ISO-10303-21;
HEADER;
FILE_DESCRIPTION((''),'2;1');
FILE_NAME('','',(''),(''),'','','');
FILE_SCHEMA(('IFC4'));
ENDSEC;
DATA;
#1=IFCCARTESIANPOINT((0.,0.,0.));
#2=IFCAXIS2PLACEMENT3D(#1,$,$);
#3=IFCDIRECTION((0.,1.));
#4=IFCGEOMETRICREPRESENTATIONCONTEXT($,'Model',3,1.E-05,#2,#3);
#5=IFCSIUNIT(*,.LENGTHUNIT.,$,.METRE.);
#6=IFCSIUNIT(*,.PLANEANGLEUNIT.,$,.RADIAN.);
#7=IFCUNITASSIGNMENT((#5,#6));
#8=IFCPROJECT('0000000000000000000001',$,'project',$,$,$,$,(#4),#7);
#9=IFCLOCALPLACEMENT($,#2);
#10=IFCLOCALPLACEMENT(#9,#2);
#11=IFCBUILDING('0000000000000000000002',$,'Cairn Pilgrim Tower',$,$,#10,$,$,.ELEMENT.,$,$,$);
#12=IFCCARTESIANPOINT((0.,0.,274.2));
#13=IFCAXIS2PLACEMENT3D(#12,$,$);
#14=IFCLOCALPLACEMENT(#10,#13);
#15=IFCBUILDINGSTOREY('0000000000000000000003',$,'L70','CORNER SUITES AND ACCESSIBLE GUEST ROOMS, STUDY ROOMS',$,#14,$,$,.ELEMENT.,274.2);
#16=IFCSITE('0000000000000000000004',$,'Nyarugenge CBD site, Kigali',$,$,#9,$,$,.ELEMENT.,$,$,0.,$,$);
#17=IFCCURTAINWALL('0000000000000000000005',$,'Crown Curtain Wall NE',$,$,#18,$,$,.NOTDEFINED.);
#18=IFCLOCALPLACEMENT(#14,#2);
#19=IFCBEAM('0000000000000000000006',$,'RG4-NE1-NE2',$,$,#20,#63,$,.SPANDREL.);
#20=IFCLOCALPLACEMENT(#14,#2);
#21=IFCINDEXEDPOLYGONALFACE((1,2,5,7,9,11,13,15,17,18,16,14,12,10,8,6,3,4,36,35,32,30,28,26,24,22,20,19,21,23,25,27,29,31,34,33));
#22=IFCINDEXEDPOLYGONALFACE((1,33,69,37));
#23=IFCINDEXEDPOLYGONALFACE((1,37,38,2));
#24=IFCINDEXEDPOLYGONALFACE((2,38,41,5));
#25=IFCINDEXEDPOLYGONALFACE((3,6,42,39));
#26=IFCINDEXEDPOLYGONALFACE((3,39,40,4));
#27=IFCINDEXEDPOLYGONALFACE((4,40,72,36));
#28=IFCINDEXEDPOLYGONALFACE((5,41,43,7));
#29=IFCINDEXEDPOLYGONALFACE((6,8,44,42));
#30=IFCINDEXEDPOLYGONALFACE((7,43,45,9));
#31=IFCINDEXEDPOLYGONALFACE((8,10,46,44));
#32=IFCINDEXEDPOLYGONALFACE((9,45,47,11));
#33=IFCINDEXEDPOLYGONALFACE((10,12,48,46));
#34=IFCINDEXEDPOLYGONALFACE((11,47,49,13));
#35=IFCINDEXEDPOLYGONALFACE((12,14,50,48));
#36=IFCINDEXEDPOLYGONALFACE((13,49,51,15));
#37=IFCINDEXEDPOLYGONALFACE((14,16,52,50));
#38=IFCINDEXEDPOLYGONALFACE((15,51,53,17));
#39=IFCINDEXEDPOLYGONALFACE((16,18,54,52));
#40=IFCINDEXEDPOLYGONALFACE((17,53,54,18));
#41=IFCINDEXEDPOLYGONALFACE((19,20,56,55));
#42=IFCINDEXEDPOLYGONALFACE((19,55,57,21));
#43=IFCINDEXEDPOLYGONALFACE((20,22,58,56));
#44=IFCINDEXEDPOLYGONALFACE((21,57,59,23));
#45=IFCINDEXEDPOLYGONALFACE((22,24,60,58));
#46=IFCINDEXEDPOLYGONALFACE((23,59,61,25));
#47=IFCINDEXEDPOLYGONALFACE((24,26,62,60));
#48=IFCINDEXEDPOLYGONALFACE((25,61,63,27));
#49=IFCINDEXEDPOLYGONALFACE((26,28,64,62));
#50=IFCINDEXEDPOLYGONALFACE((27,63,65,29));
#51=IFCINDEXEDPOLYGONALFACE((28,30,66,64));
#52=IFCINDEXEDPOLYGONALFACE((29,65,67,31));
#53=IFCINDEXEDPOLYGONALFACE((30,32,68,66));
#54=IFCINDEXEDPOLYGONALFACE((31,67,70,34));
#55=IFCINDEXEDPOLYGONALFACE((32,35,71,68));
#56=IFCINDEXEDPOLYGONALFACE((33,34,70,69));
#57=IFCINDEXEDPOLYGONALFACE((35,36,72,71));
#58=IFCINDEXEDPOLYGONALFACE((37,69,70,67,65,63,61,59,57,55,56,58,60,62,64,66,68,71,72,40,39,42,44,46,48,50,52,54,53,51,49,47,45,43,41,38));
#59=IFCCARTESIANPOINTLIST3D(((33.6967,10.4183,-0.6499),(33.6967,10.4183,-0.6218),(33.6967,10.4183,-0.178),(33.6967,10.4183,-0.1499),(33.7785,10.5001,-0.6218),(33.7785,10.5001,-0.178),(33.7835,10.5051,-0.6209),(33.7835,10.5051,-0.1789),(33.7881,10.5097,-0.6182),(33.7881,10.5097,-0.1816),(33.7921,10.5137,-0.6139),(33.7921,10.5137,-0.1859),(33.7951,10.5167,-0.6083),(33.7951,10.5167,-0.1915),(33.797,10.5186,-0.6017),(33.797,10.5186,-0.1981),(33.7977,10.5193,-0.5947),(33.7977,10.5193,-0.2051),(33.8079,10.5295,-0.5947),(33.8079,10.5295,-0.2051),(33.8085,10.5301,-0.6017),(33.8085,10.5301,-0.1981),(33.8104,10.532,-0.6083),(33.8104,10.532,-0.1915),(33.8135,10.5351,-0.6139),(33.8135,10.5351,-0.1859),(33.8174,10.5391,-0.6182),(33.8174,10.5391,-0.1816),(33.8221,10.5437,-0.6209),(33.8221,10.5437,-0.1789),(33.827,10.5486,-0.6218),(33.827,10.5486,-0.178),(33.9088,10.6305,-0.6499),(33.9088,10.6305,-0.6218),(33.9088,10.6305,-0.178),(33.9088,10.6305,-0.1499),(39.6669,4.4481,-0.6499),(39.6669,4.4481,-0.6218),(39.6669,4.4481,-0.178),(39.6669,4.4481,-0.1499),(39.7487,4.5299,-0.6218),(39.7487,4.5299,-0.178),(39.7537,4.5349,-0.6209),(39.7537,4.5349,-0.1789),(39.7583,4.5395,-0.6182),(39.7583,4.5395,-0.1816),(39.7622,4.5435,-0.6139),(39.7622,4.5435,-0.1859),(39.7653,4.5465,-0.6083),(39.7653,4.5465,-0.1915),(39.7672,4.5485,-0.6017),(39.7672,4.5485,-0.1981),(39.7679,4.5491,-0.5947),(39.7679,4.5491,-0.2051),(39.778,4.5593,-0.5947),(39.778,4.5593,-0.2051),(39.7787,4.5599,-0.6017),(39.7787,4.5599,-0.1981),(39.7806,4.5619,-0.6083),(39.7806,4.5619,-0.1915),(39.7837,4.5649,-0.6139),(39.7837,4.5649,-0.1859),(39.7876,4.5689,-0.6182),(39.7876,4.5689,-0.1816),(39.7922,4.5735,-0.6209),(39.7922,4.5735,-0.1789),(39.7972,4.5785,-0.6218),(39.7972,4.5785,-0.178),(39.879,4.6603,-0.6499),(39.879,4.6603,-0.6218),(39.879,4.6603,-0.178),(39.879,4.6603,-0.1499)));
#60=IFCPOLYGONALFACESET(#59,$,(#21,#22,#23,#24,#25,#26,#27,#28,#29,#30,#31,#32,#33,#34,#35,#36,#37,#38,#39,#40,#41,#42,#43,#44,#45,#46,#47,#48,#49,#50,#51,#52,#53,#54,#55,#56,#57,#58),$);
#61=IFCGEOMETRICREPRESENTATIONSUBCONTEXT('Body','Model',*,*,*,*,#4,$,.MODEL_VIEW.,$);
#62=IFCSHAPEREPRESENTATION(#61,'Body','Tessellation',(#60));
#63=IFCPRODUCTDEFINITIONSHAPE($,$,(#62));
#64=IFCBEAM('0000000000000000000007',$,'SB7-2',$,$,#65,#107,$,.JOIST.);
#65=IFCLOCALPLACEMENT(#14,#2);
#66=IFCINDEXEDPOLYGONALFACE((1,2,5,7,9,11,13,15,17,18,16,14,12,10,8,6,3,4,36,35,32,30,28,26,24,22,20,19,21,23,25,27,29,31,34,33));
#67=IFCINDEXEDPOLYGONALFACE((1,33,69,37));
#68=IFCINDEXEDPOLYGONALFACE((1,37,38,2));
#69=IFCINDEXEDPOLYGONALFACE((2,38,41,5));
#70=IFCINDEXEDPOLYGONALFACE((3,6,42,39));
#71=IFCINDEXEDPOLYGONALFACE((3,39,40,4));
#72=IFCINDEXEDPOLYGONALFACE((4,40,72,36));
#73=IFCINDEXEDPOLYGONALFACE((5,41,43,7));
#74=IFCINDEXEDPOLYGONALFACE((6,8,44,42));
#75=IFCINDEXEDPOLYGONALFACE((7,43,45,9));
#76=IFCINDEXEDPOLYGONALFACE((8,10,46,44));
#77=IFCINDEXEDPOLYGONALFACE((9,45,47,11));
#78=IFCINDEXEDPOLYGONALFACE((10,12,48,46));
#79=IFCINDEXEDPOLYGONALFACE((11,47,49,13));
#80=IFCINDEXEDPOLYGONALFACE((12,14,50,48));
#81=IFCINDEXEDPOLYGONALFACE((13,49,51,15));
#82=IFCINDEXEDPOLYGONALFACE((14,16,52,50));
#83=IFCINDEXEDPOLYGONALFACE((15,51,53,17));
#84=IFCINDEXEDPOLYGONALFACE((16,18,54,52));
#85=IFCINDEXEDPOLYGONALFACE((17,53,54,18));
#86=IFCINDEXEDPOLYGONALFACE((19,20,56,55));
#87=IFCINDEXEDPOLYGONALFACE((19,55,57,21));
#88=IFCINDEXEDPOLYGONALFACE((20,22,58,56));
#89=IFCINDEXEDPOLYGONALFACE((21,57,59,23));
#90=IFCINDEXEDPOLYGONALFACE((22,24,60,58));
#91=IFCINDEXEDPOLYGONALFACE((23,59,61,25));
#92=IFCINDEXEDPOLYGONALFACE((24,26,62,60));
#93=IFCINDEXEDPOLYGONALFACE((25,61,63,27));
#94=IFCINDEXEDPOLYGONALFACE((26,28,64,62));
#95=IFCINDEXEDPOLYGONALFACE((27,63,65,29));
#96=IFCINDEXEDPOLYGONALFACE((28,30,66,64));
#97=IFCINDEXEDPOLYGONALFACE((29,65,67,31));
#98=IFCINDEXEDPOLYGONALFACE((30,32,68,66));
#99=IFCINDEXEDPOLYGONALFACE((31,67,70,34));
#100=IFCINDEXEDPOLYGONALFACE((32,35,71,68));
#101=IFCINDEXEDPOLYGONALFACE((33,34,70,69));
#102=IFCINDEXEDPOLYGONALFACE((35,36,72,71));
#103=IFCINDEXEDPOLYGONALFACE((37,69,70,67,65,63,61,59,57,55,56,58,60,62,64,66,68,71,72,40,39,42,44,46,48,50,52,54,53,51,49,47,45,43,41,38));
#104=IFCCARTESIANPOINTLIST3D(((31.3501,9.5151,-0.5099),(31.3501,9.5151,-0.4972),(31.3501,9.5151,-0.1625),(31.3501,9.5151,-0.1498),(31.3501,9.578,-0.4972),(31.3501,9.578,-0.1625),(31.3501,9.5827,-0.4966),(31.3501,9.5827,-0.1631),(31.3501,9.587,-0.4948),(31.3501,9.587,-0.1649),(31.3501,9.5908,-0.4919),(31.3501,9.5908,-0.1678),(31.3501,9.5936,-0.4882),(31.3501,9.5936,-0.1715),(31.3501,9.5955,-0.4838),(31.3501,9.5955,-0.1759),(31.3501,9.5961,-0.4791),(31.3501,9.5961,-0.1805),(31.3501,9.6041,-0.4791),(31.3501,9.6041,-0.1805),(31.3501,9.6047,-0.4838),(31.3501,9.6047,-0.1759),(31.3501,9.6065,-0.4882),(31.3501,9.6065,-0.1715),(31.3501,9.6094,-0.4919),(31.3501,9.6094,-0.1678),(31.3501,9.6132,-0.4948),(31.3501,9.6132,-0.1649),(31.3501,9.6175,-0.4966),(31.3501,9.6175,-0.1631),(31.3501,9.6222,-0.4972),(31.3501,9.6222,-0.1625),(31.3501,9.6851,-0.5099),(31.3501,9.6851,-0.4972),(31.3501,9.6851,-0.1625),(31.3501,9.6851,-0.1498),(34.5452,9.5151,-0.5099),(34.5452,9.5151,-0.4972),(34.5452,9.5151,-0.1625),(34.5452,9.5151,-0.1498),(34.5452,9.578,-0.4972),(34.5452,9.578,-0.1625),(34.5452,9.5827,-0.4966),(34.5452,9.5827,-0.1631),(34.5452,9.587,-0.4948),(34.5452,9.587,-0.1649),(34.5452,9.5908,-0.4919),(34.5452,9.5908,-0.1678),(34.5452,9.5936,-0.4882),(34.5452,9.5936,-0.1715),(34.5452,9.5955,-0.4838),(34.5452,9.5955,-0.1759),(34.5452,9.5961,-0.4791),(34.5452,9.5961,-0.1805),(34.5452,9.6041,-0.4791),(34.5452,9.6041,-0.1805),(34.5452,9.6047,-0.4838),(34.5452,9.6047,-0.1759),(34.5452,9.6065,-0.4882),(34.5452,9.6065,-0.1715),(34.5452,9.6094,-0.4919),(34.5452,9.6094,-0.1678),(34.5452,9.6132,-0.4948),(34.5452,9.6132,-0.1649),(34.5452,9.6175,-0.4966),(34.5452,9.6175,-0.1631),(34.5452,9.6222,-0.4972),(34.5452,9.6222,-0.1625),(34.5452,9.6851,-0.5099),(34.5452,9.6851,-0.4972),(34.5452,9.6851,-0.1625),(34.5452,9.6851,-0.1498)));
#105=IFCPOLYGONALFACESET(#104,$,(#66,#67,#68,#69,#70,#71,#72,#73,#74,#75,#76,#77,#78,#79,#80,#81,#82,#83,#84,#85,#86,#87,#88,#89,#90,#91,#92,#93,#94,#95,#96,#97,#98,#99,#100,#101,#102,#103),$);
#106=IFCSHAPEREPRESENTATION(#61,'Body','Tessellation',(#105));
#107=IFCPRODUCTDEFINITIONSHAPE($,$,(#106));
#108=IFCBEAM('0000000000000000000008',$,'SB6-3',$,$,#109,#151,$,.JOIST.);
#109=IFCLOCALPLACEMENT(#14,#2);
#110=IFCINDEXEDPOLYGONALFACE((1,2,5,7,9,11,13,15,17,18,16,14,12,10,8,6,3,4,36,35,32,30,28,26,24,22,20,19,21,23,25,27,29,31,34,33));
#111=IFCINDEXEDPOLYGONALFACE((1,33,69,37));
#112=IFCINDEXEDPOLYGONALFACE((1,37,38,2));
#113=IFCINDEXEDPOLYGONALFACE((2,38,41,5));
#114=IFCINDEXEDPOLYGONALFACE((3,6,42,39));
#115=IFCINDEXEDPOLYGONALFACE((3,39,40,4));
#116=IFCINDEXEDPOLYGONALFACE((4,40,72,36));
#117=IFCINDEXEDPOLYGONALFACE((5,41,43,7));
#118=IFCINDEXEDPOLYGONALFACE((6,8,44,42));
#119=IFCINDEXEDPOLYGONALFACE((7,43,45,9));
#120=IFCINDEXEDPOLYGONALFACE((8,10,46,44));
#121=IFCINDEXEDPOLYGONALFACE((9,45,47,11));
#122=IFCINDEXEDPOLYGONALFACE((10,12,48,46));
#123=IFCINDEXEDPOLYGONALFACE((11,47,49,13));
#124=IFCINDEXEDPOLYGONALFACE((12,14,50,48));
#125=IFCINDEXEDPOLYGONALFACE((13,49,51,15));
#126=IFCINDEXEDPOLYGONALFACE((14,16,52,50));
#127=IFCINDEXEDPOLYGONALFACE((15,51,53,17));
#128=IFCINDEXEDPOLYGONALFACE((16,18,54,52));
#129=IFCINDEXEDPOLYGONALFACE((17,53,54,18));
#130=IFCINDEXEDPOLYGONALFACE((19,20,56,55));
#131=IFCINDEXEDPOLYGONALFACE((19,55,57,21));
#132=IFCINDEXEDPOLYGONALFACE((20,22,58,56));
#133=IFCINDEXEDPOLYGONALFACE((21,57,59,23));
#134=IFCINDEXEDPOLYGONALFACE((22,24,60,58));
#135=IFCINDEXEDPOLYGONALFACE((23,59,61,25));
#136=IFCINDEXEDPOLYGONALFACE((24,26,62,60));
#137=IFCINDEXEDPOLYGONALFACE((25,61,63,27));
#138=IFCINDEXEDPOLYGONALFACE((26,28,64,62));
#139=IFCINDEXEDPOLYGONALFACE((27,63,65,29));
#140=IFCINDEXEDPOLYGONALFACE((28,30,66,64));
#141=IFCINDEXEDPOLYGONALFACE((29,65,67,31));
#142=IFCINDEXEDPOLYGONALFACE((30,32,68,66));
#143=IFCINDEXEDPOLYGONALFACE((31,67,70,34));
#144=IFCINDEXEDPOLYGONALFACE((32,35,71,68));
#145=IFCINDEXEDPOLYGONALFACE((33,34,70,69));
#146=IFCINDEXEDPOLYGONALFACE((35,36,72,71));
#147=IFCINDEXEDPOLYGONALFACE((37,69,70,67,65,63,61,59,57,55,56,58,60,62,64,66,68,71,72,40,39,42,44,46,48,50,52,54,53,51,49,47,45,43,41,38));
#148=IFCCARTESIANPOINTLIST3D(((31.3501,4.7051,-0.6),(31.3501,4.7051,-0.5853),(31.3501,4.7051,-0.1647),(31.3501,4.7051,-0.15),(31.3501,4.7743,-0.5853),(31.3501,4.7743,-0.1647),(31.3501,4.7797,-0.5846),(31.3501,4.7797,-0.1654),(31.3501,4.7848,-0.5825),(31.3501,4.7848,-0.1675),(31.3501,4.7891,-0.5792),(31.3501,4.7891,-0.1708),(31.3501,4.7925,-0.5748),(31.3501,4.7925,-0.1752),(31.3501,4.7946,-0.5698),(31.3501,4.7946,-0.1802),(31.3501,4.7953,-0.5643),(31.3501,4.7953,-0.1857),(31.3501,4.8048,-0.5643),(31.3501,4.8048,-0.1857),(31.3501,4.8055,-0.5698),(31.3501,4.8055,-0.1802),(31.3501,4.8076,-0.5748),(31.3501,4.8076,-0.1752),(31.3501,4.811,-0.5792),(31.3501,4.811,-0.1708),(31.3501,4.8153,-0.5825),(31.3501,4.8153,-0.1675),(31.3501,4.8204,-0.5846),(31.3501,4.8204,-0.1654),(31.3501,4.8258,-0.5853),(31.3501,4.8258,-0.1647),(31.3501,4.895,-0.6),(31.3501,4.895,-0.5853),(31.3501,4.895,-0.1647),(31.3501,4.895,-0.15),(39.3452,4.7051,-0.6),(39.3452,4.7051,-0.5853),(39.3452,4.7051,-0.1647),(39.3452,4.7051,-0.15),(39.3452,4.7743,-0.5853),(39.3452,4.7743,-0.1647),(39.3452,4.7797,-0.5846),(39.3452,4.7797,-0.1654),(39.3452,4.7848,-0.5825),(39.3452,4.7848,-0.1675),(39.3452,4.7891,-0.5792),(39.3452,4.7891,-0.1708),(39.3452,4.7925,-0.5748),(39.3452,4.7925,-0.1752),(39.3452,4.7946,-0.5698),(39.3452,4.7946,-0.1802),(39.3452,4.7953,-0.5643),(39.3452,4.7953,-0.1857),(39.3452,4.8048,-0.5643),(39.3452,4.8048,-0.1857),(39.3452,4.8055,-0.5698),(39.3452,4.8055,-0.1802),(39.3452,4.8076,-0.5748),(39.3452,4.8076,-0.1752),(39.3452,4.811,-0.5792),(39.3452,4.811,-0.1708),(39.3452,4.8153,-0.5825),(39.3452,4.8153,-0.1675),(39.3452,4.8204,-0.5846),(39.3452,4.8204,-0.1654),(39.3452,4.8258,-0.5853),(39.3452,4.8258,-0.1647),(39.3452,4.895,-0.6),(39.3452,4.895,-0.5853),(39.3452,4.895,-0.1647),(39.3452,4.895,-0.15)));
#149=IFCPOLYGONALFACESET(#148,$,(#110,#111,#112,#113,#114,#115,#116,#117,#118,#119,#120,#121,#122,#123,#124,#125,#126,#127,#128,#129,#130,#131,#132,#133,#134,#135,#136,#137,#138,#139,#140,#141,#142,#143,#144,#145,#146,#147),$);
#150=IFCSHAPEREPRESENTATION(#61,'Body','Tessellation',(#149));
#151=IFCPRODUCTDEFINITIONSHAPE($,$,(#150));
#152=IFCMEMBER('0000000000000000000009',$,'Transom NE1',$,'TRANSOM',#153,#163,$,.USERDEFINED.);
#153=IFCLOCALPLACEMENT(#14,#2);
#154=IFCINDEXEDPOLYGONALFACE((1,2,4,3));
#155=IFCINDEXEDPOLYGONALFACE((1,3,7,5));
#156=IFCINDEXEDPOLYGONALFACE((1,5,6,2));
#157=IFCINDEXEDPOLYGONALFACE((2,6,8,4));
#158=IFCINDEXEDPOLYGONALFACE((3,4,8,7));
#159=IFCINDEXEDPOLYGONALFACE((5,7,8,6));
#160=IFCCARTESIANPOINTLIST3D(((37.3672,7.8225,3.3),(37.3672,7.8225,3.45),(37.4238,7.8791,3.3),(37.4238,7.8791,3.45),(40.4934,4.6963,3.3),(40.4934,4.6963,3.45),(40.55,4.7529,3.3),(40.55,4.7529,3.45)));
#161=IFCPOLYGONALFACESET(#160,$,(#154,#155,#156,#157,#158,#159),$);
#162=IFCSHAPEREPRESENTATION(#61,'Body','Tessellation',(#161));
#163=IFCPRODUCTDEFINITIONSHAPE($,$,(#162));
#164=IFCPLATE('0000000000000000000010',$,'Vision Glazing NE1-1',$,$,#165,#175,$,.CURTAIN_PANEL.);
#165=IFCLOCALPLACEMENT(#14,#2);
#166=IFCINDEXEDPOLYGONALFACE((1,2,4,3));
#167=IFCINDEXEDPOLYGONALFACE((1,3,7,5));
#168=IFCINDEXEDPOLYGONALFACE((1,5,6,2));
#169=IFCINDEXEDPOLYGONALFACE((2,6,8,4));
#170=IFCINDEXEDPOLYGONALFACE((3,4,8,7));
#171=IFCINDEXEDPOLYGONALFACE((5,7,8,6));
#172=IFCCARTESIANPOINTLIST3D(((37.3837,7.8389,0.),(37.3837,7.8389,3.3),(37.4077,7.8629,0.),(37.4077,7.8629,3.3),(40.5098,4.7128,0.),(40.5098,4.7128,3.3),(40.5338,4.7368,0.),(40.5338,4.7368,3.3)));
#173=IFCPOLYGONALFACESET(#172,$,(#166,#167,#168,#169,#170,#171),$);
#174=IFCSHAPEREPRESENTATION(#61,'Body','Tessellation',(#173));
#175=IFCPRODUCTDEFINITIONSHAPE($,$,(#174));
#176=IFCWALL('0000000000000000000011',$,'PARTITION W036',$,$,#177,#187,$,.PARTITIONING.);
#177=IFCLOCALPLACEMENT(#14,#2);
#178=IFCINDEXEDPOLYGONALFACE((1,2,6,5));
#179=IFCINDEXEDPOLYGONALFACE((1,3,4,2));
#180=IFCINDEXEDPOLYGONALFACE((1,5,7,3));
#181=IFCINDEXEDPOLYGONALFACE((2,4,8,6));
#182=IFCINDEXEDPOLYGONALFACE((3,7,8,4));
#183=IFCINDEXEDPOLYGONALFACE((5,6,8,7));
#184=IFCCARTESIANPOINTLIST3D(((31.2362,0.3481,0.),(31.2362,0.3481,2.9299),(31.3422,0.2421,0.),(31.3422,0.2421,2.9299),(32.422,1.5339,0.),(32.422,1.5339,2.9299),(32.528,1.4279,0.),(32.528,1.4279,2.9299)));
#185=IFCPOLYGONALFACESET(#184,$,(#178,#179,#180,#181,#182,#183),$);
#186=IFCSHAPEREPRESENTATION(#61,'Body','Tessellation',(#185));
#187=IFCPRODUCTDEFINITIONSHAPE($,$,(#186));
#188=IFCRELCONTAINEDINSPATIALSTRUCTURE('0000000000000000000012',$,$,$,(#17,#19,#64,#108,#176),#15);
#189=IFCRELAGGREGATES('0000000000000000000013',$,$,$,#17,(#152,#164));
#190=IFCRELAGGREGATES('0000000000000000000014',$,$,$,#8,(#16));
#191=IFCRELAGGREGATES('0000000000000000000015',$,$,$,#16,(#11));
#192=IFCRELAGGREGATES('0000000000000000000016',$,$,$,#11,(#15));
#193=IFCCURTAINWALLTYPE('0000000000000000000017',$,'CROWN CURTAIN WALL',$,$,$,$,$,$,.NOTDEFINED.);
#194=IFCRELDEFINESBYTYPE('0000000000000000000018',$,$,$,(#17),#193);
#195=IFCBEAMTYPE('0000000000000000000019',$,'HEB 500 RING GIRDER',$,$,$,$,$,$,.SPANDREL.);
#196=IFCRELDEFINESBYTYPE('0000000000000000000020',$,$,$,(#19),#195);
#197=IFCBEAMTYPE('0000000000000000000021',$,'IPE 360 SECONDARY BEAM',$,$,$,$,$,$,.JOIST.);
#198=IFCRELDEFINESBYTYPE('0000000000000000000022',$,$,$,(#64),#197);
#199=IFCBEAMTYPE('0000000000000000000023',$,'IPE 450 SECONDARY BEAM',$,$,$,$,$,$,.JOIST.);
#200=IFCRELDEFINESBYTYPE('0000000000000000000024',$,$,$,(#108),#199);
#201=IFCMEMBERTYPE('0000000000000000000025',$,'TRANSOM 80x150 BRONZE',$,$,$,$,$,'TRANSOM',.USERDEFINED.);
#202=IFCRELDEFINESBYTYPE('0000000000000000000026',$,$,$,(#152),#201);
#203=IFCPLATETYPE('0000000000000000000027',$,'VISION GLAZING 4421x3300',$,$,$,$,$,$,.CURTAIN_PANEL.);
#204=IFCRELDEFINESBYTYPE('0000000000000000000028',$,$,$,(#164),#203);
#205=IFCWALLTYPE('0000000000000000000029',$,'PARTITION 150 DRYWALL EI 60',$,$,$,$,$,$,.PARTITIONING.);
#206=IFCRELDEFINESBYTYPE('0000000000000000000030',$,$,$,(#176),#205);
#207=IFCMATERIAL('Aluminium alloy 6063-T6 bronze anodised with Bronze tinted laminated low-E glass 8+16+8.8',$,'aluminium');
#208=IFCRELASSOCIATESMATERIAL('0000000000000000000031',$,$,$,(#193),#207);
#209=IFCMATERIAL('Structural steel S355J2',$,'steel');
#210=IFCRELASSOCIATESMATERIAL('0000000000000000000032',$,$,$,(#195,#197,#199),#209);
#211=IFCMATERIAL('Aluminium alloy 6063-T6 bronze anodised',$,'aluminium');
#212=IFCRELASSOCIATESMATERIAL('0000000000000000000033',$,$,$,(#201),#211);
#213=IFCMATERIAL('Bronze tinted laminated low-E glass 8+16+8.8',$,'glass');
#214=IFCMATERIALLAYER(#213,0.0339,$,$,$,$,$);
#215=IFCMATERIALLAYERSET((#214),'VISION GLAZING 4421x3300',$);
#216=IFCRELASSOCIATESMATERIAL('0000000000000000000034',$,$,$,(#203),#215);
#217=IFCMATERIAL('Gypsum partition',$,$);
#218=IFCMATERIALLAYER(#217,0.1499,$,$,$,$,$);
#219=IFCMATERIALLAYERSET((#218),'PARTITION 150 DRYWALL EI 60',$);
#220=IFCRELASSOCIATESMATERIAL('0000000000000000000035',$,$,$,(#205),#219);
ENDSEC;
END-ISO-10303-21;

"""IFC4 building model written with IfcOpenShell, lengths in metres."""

from ifc_helpers import new_model, si_unit, direction, frame, frame_2d, origin, origin_2d, place, context, subcontext, project, spatial, rectangle, i_section, extrude, material, layer, layer_set, material_profile, profile_set, type_object, element, aggregate, save


model = new_model("IFC4")

# Units and contexts
model_context = context("Model", 3, precision=1e-05, world=origin(), true_north=direction((0.0, 1.0)))
body_context = subcontext(model_context, "Body", "Model", "MODEL_VIEW")
ifc_project = project(units=[si_unit("LENGTHUNIT", "METRE"), si_unit("PLANEANGLEUNIT", "RADIAN")], contexts=[model_context])

# Site, building, storey
site_placement = place(None, origin())
site = spatial("IfcSite", under=ifc_project, at=site_placement, Name="Nyarugenge CBD site, Kigali", CompositionType="ELEMENT", RefElevation=0.0)
building_placement = place(site_placement, origin())
building = spatial("IfcBuilding", under=site, at=building_placement, Name="Cairn Pilgrim Tower", CompositionType="ELEMENT")
storey_placement = place(building_placement, frame((0.0, 0.0, 274.2)))
storey = spatial("IfcBuildingStorey", under=building, at=storey_placement, Name="L70", Description="CORNER SUITES AND ACCESSIBLE GUEST ROOMS, STUDY ROOMS", CompositionType="ELEMENT", Elevation=274.2)

# Shared definitions
ifc_material_1 = material(Name="Structural steel S355J2", Category="steel")

# Curtain wall
ifc_material_2 = material(Name="Aluminium alloy 6063-T6 bronze anodised with Bronze tinted laminated low-E glass 8+16+8.8", Category="aluminium")
curtain_wall_type = type_object("IfcCurtainWallType", Name="CROWN CURTAIN WALL", PredefinedType="NOTDEFINED", material=ifc_material_2)
curtain_wall_placement = place(storey_placement, origin())
curtain_wall = element("IfcCurtainWall", 1, at=curtain_wall_placement, inside=storey, type_object=curtain_wall_type, Name="Crown Curtain Wall NE", PredefinedType="NOTDEFINED")
ifc_material_3 = material(Name="Aluminium alloy 6063-T6 bronze anodised", Category="aluminium")

# Beams
ifc_material_profile_1 = material_profile(ifc_material_1, i_section(OverallWidth=0.3, OverallDepth=0.5, WebThickness=0.0144, FlangeThickness=0.0281, FilletRadius=0.0271, at=origin_2d()), Name="HEB 500")
ifc_profile_set_1 = profile_set([ifc_material_profile_1], Name="Structural steel S355J2")
beam_type_1 = type_object("IfcBeamType", Name="HEB 500 RING GIRDER", PredefinedType="SPANDREL", material=ifc_profile_set_1)
beam_1_placement = place(storey_placement, frame((39.7729, 4.5542, -0.3999), z_axis=(-0.707107, 0.707107, 0.0), x_axis=(-0.707107, -0.707107, 0.0)))
element("IfcBeam", 2, at=beam_1_placement, inside=storey, type_object=beam_type_1, Name="RG4-NE1-NE2", PredefinedType="SPANDREL", context=body_context, shape_type="SweptSolid", body=[
    extrude(i_section(OverallWidth=0.3, OverallDepth=0.5, WebThickness=0.0144, FlangeThickness=0.0281, FilletRadius=0.0271, at=origin_2d()), origin(), (0.0, 0.0, 1.0), 8.4431),
])
ifc_material_profile_2 = material_profile(ifc_material_1, i_section(OverallWidth=0.1699, OverallDepth=0.3601, WebThickness=0.0081, FlangeThickness=0.0127, FilletRadius=0.0181, at=origin_2d()), Name="IPE 360")
ifc_profile_set_2 = profile_set([ifc_material_profile_2], Name="Structural steel S355J2")
beam_type_2 = type_object("IfcBeamType", Name="IPE 360 SECONDARY BEAM", PredefinedType="JOIST", material=ifc_profile_set_2)
beam_2_placement = place(storey_placement, frame((31.3501, 9.6001, -0.3298), z_axis=(1.0, 0.0, 0.0), x_axis=(0.0, 1.0, 0.0)))
element("IfcBeam", 3, at=beam_2_placement, inside=storey, type_object=beam_type_2, Name="SB7-2", PredefinedType="JOIST", context=body_context, shape_type="SweptSolid", body=[
    extrude(i_section(OverallWidth=0.1699, OverallDepth=0.3601, WebThickness=0.0081, FlangeThickness=0.0127, FilletRadius=0.0181, at=origin_2d()), origin(), (0.0, 0.0, 1.0), 3.1951),
])
ifc_material_profile_3 = material_profile(ifc_material_1, i_section(OverallWidth=0.1899, OverallDepth=0.45, WebThickness=0.0095, FlangeThickness=0.0146, FilletRadius=0.021, at=origin_2d()), Name="IPE 450")
ifc_profile_set_3 = profile_set([ifc_material_profile_3], Name="Structural steel S355J2")
beam_type_3 = type_object("IfcBeamType", Name="IPE 450 SECONDARY BEAM", PredefinedType="JOIST", material=ifc_profile_set_3)
beam_3_placement = place(storey_placement, frame((31.3501, 4.8, -0.375), z_axis=(1.0, 0.0, 0.0), x_axis=(0.0, 1.0, 0.0)))
element("IfcBeam", 4, at=beam_3_placement, inside=storey, type_object=beam_type_3, Name="SB6-3", PredefinedType="JOIST", context=body_context, shape_type="SweptSolid", body=[
    extrude(i_section(OverallWidth=0.1899, OverallDepth=0.45, WebThickness=0.0095, FlangeThickness=0.0146, FilletRadius=0.021, at=origin_2d()), origin(), (0.0, 0.0, 1.0), 7.9951),
])

# Member
ifc_material_profile_4 = material_profile(ifc_material_3, rectangle(XDim=0.0801, YDim=0.1499, at=origin_2d()), Name="TRANSOM 80x150 BRONZE")
ifc_profile_set_4 = profile_set([ifc_material_profile_4], Name="Aluminium alloy 6063-T6 bronze anodised")
member_type_1 = type_object("IfcMemberType", Name="TRANSOM 80x150 BRONZE", ElementType="TRANSOM", PredefinedType="USERDEFINED", material=ifc_profile_set_4)
member_1_placement = place(storey_placement, frame((40.5217, 4.7246, 3.375), z_axis=(-0.707107, 0.707107, 0.0), x_axis=(-0.707107, -0.707107, 0.0)))
member_1 = element("IfcMember", 5, at=member_1_placement, type_object=member_type_1, Name="Transom NE1", ObjectType="TRANSOM", PredefinedType="USERDEFINED", context=body_context, shape_type="SweptSolid", body=[
    extrude(rectangle(XDim=0.0801, YDim=0.1499, at=origin_2d()), origin(), (0.0, 0.0, 1.0), 4.4211),
])

# Plate
ifc_material_4 = material(Name="Bronze tinted laminated low-E glass 8+16+8.8", Category="glass")
ifc_layer_1 = layer(ifc_material_4, 0.0339)
ifc_layer_set_1 = layer_set([ifc_layer_1], Name="VISION GLAZING 4421x3300")
plate_type = type_object("IfcPlateType", Name="VISION GLAZING 4421x3300", PredefinedType="CURTAIN_PANEL", material=ifc_layer_set_1)
plate_placement = place(storey_placement, frame((38.9587, 6.2878, 0.0), z_axis=(0.0, 0.0, 1.0), x_axis=(-0.707107, 0.707107, 0.0)))
plate = element("IfcPlate", 6, at=plate_placement, type_object=plate_type, Name="Vision Glazing NE1-1", PredefinedType="CURTAIN_PANEL", context=body_context, shape_type="SweptSolid", body=[
    extrude(rectangle(XDim=4.4209, YDim=0.0339, at=origin_2d()), origin(), (0.0, 0.0, 1.0), 3.3),
])
aggregate(curtain_wall, [member_1, plate])

# Wall
ifc_material_5 = material(Name="Gypsum partition")
ifc_layer_2 = layer(ifc_material_5, 0.1499)
ifc_layer_set_2 = layer_set([ifc_layer_2], Name="PARTITION 150 DRYWALL EI 60")
wall_type_1 = type_object("IfcWallType", Name="PARTITION 150 DRYWALL EI 60", PredefinedType="PARTITIONING", material=ifc_layer_set_2)
wall_1_placement = place(storey_placement, frame((31.2893, 0.2952, 0.0), z_axis=(0.0, 0.0, 1.0), x_axis=(0.707107, 0.707107, 0.0)))
element("IfcWall", 7, at=wall_1_placement, inside=storey, type_object=wall_type_1, Name="PARTITION W036", PredefinedType="PARTITIONING", context=body_context, shape_type="SweptSolid", body=[
    extrude(rectangle(XDim=1.677, YDim=0.1499, at=frame_2d((0.8384, 0.0))), origin(), (0.0, 0.0, 1.0), 2.9299),
])

save(model, "model.ifc")
